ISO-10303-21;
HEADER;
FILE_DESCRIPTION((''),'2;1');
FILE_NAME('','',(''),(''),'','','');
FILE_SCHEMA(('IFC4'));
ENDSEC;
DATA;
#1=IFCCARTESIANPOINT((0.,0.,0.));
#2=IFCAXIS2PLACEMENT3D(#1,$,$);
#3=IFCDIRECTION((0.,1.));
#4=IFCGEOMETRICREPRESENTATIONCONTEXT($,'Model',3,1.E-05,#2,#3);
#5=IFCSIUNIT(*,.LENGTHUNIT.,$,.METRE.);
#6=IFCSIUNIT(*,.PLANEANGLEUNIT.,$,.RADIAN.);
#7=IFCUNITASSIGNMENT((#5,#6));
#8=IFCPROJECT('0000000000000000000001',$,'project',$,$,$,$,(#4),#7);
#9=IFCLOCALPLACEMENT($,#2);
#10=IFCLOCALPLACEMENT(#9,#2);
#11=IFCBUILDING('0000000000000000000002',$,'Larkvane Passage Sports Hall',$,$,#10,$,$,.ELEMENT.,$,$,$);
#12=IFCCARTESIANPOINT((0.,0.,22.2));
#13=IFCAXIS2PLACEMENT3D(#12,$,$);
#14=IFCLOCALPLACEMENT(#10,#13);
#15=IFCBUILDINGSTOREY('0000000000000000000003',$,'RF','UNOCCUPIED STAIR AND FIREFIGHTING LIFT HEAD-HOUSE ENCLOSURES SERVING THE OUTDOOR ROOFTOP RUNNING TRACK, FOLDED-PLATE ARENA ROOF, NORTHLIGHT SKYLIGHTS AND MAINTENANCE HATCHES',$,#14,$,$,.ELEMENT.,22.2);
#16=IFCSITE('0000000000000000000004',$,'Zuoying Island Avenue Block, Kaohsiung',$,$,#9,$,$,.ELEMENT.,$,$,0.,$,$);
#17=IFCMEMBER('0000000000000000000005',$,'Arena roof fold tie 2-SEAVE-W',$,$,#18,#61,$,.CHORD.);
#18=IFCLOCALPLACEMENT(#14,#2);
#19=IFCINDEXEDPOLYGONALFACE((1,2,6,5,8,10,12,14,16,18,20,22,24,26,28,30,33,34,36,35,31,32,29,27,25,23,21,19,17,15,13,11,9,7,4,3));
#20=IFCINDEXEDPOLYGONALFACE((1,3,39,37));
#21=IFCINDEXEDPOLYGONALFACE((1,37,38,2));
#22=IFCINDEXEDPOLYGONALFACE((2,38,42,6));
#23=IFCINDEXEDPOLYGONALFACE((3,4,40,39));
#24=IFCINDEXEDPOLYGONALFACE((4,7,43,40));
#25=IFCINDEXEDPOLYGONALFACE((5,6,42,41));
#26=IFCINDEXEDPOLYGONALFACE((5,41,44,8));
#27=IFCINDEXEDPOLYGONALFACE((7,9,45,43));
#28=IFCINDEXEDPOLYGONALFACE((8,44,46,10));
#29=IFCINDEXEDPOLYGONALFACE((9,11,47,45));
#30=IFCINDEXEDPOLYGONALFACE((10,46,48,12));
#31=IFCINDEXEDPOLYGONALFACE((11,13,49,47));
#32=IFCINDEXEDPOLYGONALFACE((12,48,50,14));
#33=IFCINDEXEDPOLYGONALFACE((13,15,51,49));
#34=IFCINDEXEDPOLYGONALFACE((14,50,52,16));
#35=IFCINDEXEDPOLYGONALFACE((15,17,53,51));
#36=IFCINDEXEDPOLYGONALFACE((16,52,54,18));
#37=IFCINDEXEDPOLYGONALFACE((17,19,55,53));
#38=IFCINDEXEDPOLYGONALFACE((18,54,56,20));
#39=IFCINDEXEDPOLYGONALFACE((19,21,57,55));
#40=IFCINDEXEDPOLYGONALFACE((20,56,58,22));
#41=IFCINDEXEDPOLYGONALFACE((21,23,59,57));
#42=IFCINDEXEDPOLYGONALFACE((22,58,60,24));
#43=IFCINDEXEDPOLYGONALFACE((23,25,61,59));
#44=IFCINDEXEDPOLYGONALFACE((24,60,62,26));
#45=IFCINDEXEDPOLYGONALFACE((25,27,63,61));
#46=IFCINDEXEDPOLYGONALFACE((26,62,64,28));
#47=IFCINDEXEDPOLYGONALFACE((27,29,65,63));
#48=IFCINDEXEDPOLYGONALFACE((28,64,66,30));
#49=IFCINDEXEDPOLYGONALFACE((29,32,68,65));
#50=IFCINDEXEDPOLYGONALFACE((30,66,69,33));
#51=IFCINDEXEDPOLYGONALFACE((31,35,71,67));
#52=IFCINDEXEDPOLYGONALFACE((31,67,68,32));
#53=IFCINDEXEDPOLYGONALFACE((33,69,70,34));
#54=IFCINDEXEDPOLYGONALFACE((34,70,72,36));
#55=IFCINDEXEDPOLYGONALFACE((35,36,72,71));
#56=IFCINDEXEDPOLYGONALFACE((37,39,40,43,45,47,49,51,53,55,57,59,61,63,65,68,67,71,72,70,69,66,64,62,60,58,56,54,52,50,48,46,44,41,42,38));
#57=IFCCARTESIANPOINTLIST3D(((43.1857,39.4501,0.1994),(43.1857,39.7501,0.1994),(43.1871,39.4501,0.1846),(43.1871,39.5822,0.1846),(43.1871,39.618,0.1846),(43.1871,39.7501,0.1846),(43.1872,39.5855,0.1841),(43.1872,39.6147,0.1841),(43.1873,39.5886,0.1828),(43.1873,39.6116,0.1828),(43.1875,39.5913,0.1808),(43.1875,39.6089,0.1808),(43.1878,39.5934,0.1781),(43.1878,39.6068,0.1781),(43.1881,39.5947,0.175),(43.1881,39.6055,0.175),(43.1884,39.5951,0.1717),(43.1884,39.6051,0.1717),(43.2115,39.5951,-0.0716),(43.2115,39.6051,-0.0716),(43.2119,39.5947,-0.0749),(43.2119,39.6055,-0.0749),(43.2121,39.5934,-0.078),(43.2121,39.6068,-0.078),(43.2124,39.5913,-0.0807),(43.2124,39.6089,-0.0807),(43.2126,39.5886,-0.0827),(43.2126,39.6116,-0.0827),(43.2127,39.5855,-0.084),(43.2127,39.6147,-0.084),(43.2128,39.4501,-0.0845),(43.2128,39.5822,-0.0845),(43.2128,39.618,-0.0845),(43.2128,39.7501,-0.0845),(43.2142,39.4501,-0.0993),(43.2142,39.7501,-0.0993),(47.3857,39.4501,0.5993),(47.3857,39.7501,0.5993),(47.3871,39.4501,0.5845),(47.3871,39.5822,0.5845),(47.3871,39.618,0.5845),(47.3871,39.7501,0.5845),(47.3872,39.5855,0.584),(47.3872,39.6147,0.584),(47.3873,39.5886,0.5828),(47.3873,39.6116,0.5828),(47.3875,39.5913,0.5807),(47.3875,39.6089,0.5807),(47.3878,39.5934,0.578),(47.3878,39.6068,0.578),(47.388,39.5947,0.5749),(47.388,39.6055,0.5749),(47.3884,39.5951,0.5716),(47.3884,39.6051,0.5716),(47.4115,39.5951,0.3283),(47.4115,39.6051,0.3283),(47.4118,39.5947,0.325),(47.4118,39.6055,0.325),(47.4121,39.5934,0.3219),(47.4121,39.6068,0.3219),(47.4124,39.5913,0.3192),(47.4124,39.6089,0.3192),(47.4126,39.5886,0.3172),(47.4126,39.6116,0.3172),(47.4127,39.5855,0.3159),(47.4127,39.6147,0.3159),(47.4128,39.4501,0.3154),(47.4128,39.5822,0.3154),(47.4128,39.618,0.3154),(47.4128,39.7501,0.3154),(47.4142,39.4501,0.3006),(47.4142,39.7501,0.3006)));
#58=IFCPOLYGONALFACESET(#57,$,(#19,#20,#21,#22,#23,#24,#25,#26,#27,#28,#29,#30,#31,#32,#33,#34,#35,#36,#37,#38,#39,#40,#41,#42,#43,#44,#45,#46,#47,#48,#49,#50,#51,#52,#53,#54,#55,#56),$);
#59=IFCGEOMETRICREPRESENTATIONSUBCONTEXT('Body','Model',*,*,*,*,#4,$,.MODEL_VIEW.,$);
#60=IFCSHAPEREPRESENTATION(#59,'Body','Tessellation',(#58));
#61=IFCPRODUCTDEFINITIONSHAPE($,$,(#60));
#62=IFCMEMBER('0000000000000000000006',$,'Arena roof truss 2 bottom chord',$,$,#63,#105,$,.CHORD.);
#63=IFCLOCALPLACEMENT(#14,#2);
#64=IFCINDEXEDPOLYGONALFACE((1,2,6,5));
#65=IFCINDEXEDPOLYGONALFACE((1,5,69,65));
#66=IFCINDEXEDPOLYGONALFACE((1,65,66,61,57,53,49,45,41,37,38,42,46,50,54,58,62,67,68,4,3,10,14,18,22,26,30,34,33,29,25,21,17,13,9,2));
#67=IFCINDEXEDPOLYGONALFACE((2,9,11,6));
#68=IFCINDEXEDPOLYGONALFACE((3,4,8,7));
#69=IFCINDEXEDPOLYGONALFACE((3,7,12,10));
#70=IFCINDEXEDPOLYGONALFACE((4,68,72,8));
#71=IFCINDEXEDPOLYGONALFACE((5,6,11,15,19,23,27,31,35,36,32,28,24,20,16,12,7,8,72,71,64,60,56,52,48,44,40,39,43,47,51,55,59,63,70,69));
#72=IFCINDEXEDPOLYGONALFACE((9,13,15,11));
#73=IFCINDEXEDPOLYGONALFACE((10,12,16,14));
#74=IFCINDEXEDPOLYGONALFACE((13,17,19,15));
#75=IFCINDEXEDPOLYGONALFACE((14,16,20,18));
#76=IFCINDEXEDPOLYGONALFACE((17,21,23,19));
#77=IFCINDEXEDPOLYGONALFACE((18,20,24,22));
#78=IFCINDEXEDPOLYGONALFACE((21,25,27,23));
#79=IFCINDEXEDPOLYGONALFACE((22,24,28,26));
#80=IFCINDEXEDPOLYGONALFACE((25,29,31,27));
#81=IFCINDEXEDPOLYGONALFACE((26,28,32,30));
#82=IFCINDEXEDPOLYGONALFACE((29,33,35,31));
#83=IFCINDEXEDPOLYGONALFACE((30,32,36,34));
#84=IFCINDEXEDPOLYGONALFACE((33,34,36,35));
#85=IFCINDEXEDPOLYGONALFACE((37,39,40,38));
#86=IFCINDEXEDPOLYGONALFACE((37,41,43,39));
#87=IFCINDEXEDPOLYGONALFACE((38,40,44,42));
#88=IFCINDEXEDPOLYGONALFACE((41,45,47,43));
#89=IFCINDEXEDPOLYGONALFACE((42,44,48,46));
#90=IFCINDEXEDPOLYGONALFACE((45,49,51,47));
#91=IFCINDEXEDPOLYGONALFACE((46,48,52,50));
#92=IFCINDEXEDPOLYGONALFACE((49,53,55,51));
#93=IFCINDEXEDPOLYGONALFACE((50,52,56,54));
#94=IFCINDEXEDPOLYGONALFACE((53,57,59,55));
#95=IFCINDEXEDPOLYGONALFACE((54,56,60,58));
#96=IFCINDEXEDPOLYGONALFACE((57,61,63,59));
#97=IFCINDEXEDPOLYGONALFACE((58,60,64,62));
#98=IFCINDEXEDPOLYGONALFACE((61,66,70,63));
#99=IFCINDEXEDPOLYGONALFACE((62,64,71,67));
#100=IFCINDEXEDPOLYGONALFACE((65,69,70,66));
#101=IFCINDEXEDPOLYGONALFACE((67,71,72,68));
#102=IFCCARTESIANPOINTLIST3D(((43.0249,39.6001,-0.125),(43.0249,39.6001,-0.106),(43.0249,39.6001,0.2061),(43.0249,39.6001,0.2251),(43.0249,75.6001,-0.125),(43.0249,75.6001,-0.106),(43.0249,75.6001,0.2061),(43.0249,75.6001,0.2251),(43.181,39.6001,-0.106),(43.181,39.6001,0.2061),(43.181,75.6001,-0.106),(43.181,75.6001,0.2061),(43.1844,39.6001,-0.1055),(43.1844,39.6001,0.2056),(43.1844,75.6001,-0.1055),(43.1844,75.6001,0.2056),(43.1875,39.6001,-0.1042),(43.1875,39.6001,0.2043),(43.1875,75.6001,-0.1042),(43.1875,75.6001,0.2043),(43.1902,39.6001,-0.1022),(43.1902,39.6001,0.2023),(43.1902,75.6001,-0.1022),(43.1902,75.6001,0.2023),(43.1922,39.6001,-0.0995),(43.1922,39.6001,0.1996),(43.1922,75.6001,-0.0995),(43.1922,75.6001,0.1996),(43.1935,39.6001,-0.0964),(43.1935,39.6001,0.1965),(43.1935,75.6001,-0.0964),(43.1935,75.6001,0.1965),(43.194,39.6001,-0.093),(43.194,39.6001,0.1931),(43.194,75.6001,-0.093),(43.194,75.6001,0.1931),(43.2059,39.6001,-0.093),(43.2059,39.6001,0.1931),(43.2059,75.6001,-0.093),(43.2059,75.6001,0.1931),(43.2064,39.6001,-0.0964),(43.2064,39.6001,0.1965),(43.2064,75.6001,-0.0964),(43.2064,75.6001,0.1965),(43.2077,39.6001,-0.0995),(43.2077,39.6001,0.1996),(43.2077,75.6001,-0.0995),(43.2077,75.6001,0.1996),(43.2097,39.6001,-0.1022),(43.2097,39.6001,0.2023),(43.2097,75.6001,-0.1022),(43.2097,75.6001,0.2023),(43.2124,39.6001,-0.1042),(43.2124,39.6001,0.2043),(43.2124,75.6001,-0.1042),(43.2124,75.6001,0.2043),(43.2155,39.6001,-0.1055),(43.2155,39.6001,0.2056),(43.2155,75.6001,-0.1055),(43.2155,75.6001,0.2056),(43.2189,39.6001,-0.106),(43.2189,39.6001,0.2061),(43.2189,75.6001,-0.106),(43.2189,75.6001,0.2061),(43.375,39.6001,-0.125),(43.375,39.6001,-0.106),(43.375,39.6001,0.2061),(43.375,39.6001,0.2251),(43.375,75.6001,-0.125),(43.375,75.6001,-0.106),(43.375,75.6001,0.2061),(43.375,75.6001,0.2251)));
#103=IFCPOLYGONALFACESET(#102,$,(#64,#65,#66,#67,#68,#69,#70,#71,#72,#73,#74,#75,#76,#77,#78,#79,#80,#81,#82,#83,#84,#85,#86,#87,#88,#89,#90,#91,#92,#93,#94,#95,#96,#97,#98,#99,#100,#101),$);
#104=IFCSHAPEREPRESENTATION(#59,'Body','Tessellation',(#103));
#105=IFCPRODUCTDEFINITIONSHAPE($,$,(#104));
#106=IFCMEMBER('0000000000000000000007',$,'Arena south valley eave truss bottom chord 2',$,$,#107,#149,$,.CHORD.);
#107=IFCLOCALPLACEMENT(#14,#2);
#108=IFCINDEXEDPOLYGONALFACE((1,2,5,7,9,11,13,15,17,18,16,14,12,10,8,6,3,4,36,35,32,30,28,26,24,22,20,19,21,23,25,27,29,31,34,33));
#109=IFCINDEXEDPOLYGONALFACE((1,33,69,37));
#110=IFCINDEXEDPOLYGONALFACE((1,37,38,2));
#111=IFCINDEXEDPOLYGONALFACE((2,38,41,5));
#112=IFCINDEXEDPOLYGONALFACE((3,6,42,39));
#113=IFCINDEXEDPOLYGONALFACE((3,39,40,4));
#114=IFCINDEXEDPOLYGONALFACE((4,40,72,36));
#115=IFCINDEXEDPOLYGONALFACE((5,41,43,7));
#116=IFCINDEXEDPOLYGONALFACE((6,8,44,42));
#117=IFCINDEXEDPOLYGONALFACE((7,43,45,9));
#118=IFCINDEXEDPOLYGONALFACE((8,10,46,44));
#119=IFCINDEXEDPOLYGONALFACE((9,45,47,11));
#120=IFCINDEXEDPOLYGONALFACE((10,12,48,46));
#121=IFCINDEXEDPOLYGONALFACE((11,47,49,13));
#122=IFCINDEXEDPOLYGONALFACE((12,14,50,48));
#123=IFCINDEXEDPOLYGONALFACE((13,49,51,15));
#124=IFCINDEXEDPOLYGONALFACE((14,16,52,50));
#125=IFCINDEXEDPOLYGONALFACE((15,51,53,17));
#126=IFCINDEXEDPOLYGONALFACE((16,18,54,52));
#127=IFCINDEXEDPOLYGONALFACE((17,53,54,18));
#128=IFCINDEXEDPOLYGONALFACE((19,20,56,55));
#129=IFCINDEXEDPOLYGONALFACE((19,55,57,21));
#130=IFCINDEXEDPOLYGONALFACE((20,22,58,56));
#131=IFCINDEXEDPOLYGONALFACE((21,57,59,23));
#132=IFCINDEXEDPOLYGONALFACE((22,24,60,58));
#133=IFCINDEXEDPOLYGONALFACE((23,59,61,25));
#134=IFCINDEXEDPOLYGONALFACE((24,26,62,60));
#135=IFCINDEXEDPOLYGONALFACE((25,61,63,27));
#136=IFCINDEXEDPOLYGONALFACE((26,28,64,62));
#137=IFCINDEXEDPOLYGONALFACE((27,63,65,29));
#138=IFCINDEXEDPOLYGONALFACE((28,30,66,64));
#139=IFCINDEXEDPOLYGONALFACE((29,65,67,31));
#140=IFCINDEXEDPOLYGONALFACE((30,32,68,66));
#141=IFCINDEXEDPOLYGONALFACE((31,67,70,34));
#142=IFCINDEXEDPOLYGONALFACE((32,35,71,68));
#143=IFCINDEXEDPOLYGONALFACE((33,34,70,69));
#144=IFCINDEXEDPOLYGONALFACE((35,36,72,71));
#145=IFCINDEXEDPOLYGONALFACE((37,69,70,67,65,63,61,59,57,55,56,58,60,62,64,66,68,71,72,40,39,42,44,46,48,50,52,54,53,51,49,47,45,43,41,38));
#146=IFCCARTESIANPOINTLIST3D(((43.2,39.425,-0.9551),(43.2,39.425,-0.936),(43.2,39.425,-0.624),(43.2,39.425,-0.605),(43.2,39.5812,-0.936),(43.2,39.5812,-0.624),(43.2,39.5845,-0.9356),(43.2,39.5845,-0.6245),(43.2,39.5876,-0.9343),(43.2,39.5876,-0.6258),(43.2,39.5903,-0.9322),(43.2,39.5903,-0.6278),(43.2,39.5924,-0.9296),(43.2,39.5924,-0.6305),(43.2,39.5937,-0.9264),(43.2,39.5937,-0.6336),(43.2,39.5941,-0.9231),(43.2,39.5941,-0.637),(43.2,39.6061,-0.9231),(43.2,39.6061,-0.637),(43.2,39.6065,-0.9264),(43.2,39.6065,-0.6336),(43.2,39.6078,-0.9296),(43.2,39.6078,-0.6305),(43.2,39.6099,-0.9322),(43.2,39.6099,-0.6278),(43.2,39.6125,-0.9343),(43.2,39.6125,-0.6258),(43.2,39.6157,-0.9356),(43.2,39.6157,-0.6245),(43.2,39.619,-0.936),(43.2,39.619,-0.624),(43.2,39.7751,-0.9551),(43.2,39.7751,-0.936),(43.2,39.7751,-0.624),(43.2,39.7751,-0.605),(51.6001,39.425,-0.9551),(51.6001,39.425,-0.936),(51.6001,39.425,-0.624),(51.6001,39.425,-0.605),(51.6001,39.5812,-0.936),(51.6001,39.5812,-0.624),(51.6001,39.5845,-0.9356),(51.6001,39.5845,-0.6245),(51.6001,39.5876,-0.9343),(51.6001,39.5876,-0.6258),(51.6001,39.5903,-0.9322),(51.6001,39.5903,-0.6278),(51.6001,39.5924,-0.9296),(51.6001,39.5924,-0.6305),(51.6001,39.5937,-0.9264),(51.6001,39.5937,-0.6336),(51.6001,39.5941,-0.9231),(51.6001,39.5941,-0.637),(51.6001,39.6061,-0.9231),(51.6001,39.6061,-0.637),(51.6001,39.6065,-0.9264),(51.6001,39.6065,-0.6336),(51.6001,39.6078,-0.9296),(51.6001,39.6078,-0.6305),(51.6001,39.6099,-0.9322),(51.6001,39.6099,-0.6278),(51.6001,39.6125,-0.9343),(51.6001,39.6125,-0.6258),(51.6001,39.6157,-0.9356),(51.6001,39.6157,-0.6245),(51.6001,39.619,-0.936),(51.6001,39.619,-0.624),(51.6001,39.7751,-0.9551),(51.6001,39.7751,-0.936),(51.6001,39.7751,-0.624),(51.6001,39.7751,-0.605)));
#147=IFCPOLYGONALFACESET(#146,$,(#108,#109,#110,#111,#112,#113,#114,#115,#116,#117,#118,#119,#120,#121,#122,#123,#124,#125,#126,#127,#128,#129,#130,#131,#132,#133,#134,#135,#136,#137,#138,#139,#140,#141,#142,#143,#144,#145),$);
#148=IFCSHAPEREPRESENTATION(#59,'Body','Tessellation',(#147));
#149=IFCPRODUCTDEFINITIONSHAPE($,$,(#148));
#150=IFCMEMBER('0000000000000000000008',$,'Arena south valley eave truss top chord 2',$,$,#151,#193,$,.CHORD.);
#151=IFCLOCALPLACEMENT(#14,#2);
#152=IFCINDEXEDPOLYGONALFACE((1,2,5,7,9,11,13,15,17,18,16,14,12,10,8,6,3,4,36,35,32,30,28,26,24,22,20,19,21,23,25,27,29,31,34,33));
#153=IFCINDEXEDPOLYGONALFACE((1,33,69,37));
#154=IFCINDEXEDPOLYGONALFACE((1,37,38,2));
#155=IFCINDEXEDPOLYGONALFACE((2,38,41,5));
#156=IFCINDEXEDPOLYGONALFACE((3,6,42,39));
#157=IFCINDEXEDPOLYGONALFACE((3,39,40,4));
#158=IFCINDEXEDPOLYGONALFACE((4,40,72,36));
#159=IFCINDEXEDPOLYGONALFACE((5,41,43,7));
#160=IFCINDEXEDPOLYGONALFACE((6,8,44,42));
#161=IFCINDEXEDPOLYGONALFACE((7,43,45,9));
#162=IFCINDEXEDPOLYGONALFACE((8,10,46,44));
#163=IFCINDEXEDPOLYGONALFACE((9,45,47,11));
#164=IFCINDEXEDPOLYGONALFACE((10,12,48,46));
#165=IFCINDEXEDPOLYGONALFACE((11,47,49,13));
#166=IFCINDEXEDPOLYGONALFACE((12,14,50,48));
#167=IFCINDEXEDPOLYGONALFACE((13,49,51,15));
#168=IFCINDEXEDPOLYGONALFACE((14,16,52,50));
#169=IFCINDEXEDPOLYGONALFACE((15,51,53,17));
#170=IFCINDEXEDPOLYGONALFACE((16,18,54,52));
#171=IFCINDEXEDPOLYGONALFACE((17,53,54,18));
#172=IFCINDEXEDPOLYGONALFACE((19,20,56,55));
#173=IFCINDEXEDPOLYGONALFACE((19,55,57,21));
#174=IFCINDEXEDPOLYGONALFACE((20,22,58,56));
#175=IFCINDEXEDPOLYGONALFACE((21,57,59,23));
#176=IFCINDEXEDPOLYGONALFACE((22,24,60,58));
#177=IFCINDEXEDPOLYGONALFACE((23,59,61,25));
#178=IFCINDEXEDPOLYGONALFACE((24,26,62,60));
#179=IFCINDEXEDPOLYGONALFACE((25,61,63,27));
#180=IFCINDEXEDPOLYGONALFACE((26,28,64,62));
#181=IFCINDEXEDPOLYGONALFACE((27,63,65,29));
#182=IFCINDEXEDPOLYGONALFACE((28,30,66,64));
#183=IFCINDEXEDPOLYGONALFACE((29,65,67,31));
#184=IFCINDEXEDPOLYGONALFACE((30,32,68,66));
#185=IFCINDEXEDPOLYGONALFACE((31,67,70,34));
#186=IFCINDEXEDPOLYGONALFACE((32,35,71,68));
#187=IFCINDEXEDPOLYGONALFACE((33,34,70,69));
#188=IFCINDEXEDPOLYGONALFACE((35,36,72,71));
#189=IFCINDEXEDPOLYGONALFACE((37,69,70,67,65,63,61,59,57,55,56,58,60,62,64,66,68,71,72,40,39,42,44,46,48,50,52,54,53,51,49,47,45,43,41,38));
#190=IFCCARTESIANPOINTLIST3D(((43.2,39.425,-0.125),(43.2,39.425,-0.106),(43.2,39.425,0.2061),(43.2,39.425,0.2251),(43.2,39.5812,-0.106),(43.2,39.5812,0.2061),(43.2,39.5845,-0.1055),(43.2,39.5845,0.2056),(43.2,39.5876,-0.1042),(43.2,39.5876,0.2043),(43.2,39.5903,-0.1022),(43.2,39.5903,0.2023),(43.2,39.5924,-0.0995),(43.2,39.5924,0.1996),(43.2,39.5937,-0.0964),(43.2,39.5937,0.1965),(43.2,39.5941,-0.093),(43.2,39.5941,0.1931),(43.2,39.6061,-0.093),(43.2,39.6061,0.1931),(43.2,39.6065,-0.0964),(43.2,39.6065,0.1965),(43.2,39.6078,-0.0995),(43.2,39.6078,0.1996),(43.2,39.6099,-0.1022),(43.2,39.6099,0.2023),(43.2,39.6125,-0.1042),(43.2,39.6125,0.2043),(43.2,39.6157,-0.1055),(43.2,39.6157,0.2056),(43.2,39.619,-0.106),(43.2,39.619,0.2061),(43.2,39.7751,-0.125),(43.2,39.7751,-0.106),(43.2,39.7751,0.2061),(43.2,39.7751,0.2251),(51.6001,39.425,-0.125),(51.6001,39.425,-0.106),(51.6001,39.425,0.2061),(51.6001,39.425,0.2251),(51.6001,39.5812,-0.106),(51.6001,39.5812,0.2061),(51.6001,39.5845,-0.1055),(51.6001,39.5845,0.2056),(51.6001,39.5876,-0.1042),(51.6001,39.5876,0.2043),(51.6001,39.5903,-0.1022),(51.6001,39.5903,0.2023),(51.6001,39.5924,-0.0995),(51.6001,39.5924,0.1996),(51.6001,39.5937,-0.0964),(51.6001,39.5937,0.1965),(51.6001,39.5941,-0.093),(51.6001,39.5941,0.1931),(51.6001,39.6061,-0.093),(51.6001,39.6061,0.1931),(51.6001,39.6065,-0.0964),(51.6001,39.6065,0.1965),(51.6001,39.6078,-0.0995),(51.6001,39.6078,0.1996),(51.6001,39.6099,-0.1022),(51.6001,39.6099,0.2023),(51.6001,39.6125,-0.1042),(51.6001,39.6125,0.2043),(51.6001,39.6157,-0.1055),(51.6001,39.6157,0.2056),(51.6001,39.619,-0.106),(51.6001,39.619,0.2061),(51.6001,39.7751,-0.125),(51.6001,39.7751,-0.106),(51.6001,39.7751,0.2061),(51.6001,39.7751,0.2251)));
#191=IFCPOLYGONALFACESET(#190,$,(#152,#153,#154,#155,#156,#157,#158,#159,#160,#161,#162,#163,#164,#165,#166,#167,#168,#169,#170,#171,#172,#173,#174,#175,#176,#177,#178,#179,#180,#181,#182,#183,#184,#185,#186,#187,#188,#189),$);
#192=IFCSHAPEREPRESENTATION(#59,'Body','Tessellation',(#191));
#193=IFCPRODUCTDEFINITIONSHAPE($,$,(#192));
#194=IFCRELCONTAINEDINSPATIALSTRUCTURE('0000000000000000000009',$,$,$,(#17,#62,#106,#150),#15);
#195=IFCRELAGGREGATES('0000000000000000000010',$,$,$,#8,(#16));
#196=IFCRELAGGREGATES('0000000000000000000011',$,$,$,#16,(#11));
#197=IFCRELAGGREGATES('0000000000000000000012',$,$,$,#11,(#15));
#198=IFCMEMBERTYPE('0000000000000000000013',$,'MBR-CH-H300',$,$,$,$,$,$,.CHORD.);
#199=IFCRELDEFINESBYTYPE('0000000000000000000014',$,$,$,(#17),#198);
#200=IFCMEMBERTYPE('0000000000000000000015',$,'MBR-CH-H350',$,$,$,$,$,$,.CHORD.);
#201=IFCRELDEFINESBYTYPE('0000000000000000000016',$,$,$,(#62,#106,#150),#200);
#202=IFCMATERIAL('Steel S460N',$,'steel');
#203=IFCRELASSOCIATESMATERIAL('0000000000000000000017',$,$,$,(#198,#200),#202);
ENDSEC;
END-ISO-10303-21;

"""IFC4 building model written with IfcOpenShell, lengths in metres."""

from ifc_helpers import new_model, si_unit, direction, frame, origin, origin_2d, place, context, subcontext, project, spatial, i_section, extrude, material, material_profile, profile_set, type_object, element, save


model = new_model("IFC4")

# Units and contexts
model_context = context("Model", 3, precision=1e-05, world=origin(), true_north=direction((0.0, 1.0)))
body_context = subcontext(model_context, "Body", "Model", "MODEL_VIEW")
ifc_project = project(units=[si_unit("LENGTHUNIT", "METRE"), si_unit("PLANEANGLEUNIT", "RADIAN")], contexts=[model_context])

# Site, building, storey
site_placement = place(None, origin())
site = spatial("IfcSite", under=ifc_project, at=site_placement, Name="Zuoying Island Avenue Block, Kaohsiung", CompositionType="ELEMENT", RefElevation=0.0)
building_placement = place(site_placement, origin())
building = spatial("IfcBuilding", under=site, at=building_placement, Name="Larkvane Passage Sports Hall", CompositionType="ELEMENT")
storey_placement = place(building_placement, frame((0.0, 0.0, 22.2)))
storey = spatial("IfcBuildingStorey", under=building, at=storey_placement, Name="RF", Description="UNOCCUPIED STAIR AND FIREFIGHTING LIFT HEAD-HOUSE ENCLOSURES SERVING THE OUTDOOR ROOFTOP RUNNING TRACK, FOLDED-PLATE ARENA ROOF, NORTHLIGHT SKYLIGHTS AND MAINTENANCE HATCHES", CompositionType="ELEMENT", Elevation=22.2)

# Members
ifc_material_1 = material(Name="Steel S460N", Category="steel")
ifc_material_profile_1 = material_profile(ifc_material_1, i_section(OverallWidth=0.3, OverallDepth=0.3, WebThickness=0.01, FlangeThickness=0.0149, FilletRadius=0.0129, at=origin_2d()), Name="H-300x300x10x15")
ifc_profile_set_1 = profile_set([ifc_material_profile_1], Name="Steel S460N")
member_type_1 = type_object("IfcMemberType", Name="MBR-CH-H300", PredefinedType="CHORD", material=ifc_profile_set_1)
member_1_placement = place(storey_placement, frame((43.2, 39.6001, 0.05), z_axis=(0.995498, 0.0, 0.094787), x_axis=(0.0, 1.0, 0.0)))
element("IfcMember", 1, at=member_1_placement, inside=storey, type_object=member_type_1, Name="Arena roof fold tie 2-SEAVE-W", PredefinedType="CHORD", context=body_context, shape_type="SweptSolid", body=[
    extrude(i_section(OverallWidth=0.3, OverallDepth=0.3, WebThickness=0.01, FlangeThickness=0.0149, FilletRadius=0.0129, at=origin_2d()), origin(), (0.0, 0.0, 1.0), 4.219),
])
ifc_material_profile_2 = material_profile(ifc_material_1, i_section(OverallWidth=0.3501, OverallDepth=0.3501, WebThickness=0.012, FlangeThickness=0.019, FilletRadius=0.0129, at=origin_2d()), Name="H-350x350x12x19")
ifc_profile_set_2 = profile_set([ifc_material_profile_2], Name="Steel S460N")
member_type_2 = type_object("IfcMemberType", Name="MBR-CH-H350", PredefinedType="CHORD", material=ifc_profile_set_2)
member_2_placement = place(storey_placement, frame((43.2, 39.6001, 0.05), z_axis=(0.0, 1.0, 0.0), x_axis=(-1.0, 0.0, 0.0)))
element("IfcMember", 2, at=member_2_placement, inside=storey, type_object=member_type_2, Name="Arena roof truss 2 bottom chord", PredefinedType="CHORD", context=body_context, shape_type="SweptSolid", body=[
    extrude(i_section(OverallWidth=0.3501, OverallDepth=0.3501, WebThickness=0.012, FlangeThickness=0.019, FilletRadius=0.0129, at=origin_2d()), origin(), (0.0, 0.0, 1.0), 36.0),
])
for number, where, z_axis, x_axis, name in (
    (3, (43.2, 39.6001, -0.78), (1.0, 0.0, 0.0), (0.0, 1.0, 0.0), "Arena south valley eave truss bottom chord 2"),
    (4, (43.2, 39.6001, 0.05), (1.0, 0.0, 0.0), (0.0, 1.0, 0.0), "Arena south valley eave truss top chord 2"),
):
    element("IfcMember", number, at=place(storey_placement, frame(where, z_axis=z_axis, x_axis=x_axis)), inside=storey, type_object=member_type_2, Name=name, PredefinedType="CHORD", context=body_context, shape_type="SweptSolid", body=[
        extrude(i_section(OverallWidth=0.3501, OverallDepth=0.3501, WebThickness=0.012, FlangeThickness=0.019, FilletRadius=0.0129, at=origin_2d()), origin(), (0.0, 0.0, 1.0), 8.4001),
    ])

save(model, "model.ifc")
